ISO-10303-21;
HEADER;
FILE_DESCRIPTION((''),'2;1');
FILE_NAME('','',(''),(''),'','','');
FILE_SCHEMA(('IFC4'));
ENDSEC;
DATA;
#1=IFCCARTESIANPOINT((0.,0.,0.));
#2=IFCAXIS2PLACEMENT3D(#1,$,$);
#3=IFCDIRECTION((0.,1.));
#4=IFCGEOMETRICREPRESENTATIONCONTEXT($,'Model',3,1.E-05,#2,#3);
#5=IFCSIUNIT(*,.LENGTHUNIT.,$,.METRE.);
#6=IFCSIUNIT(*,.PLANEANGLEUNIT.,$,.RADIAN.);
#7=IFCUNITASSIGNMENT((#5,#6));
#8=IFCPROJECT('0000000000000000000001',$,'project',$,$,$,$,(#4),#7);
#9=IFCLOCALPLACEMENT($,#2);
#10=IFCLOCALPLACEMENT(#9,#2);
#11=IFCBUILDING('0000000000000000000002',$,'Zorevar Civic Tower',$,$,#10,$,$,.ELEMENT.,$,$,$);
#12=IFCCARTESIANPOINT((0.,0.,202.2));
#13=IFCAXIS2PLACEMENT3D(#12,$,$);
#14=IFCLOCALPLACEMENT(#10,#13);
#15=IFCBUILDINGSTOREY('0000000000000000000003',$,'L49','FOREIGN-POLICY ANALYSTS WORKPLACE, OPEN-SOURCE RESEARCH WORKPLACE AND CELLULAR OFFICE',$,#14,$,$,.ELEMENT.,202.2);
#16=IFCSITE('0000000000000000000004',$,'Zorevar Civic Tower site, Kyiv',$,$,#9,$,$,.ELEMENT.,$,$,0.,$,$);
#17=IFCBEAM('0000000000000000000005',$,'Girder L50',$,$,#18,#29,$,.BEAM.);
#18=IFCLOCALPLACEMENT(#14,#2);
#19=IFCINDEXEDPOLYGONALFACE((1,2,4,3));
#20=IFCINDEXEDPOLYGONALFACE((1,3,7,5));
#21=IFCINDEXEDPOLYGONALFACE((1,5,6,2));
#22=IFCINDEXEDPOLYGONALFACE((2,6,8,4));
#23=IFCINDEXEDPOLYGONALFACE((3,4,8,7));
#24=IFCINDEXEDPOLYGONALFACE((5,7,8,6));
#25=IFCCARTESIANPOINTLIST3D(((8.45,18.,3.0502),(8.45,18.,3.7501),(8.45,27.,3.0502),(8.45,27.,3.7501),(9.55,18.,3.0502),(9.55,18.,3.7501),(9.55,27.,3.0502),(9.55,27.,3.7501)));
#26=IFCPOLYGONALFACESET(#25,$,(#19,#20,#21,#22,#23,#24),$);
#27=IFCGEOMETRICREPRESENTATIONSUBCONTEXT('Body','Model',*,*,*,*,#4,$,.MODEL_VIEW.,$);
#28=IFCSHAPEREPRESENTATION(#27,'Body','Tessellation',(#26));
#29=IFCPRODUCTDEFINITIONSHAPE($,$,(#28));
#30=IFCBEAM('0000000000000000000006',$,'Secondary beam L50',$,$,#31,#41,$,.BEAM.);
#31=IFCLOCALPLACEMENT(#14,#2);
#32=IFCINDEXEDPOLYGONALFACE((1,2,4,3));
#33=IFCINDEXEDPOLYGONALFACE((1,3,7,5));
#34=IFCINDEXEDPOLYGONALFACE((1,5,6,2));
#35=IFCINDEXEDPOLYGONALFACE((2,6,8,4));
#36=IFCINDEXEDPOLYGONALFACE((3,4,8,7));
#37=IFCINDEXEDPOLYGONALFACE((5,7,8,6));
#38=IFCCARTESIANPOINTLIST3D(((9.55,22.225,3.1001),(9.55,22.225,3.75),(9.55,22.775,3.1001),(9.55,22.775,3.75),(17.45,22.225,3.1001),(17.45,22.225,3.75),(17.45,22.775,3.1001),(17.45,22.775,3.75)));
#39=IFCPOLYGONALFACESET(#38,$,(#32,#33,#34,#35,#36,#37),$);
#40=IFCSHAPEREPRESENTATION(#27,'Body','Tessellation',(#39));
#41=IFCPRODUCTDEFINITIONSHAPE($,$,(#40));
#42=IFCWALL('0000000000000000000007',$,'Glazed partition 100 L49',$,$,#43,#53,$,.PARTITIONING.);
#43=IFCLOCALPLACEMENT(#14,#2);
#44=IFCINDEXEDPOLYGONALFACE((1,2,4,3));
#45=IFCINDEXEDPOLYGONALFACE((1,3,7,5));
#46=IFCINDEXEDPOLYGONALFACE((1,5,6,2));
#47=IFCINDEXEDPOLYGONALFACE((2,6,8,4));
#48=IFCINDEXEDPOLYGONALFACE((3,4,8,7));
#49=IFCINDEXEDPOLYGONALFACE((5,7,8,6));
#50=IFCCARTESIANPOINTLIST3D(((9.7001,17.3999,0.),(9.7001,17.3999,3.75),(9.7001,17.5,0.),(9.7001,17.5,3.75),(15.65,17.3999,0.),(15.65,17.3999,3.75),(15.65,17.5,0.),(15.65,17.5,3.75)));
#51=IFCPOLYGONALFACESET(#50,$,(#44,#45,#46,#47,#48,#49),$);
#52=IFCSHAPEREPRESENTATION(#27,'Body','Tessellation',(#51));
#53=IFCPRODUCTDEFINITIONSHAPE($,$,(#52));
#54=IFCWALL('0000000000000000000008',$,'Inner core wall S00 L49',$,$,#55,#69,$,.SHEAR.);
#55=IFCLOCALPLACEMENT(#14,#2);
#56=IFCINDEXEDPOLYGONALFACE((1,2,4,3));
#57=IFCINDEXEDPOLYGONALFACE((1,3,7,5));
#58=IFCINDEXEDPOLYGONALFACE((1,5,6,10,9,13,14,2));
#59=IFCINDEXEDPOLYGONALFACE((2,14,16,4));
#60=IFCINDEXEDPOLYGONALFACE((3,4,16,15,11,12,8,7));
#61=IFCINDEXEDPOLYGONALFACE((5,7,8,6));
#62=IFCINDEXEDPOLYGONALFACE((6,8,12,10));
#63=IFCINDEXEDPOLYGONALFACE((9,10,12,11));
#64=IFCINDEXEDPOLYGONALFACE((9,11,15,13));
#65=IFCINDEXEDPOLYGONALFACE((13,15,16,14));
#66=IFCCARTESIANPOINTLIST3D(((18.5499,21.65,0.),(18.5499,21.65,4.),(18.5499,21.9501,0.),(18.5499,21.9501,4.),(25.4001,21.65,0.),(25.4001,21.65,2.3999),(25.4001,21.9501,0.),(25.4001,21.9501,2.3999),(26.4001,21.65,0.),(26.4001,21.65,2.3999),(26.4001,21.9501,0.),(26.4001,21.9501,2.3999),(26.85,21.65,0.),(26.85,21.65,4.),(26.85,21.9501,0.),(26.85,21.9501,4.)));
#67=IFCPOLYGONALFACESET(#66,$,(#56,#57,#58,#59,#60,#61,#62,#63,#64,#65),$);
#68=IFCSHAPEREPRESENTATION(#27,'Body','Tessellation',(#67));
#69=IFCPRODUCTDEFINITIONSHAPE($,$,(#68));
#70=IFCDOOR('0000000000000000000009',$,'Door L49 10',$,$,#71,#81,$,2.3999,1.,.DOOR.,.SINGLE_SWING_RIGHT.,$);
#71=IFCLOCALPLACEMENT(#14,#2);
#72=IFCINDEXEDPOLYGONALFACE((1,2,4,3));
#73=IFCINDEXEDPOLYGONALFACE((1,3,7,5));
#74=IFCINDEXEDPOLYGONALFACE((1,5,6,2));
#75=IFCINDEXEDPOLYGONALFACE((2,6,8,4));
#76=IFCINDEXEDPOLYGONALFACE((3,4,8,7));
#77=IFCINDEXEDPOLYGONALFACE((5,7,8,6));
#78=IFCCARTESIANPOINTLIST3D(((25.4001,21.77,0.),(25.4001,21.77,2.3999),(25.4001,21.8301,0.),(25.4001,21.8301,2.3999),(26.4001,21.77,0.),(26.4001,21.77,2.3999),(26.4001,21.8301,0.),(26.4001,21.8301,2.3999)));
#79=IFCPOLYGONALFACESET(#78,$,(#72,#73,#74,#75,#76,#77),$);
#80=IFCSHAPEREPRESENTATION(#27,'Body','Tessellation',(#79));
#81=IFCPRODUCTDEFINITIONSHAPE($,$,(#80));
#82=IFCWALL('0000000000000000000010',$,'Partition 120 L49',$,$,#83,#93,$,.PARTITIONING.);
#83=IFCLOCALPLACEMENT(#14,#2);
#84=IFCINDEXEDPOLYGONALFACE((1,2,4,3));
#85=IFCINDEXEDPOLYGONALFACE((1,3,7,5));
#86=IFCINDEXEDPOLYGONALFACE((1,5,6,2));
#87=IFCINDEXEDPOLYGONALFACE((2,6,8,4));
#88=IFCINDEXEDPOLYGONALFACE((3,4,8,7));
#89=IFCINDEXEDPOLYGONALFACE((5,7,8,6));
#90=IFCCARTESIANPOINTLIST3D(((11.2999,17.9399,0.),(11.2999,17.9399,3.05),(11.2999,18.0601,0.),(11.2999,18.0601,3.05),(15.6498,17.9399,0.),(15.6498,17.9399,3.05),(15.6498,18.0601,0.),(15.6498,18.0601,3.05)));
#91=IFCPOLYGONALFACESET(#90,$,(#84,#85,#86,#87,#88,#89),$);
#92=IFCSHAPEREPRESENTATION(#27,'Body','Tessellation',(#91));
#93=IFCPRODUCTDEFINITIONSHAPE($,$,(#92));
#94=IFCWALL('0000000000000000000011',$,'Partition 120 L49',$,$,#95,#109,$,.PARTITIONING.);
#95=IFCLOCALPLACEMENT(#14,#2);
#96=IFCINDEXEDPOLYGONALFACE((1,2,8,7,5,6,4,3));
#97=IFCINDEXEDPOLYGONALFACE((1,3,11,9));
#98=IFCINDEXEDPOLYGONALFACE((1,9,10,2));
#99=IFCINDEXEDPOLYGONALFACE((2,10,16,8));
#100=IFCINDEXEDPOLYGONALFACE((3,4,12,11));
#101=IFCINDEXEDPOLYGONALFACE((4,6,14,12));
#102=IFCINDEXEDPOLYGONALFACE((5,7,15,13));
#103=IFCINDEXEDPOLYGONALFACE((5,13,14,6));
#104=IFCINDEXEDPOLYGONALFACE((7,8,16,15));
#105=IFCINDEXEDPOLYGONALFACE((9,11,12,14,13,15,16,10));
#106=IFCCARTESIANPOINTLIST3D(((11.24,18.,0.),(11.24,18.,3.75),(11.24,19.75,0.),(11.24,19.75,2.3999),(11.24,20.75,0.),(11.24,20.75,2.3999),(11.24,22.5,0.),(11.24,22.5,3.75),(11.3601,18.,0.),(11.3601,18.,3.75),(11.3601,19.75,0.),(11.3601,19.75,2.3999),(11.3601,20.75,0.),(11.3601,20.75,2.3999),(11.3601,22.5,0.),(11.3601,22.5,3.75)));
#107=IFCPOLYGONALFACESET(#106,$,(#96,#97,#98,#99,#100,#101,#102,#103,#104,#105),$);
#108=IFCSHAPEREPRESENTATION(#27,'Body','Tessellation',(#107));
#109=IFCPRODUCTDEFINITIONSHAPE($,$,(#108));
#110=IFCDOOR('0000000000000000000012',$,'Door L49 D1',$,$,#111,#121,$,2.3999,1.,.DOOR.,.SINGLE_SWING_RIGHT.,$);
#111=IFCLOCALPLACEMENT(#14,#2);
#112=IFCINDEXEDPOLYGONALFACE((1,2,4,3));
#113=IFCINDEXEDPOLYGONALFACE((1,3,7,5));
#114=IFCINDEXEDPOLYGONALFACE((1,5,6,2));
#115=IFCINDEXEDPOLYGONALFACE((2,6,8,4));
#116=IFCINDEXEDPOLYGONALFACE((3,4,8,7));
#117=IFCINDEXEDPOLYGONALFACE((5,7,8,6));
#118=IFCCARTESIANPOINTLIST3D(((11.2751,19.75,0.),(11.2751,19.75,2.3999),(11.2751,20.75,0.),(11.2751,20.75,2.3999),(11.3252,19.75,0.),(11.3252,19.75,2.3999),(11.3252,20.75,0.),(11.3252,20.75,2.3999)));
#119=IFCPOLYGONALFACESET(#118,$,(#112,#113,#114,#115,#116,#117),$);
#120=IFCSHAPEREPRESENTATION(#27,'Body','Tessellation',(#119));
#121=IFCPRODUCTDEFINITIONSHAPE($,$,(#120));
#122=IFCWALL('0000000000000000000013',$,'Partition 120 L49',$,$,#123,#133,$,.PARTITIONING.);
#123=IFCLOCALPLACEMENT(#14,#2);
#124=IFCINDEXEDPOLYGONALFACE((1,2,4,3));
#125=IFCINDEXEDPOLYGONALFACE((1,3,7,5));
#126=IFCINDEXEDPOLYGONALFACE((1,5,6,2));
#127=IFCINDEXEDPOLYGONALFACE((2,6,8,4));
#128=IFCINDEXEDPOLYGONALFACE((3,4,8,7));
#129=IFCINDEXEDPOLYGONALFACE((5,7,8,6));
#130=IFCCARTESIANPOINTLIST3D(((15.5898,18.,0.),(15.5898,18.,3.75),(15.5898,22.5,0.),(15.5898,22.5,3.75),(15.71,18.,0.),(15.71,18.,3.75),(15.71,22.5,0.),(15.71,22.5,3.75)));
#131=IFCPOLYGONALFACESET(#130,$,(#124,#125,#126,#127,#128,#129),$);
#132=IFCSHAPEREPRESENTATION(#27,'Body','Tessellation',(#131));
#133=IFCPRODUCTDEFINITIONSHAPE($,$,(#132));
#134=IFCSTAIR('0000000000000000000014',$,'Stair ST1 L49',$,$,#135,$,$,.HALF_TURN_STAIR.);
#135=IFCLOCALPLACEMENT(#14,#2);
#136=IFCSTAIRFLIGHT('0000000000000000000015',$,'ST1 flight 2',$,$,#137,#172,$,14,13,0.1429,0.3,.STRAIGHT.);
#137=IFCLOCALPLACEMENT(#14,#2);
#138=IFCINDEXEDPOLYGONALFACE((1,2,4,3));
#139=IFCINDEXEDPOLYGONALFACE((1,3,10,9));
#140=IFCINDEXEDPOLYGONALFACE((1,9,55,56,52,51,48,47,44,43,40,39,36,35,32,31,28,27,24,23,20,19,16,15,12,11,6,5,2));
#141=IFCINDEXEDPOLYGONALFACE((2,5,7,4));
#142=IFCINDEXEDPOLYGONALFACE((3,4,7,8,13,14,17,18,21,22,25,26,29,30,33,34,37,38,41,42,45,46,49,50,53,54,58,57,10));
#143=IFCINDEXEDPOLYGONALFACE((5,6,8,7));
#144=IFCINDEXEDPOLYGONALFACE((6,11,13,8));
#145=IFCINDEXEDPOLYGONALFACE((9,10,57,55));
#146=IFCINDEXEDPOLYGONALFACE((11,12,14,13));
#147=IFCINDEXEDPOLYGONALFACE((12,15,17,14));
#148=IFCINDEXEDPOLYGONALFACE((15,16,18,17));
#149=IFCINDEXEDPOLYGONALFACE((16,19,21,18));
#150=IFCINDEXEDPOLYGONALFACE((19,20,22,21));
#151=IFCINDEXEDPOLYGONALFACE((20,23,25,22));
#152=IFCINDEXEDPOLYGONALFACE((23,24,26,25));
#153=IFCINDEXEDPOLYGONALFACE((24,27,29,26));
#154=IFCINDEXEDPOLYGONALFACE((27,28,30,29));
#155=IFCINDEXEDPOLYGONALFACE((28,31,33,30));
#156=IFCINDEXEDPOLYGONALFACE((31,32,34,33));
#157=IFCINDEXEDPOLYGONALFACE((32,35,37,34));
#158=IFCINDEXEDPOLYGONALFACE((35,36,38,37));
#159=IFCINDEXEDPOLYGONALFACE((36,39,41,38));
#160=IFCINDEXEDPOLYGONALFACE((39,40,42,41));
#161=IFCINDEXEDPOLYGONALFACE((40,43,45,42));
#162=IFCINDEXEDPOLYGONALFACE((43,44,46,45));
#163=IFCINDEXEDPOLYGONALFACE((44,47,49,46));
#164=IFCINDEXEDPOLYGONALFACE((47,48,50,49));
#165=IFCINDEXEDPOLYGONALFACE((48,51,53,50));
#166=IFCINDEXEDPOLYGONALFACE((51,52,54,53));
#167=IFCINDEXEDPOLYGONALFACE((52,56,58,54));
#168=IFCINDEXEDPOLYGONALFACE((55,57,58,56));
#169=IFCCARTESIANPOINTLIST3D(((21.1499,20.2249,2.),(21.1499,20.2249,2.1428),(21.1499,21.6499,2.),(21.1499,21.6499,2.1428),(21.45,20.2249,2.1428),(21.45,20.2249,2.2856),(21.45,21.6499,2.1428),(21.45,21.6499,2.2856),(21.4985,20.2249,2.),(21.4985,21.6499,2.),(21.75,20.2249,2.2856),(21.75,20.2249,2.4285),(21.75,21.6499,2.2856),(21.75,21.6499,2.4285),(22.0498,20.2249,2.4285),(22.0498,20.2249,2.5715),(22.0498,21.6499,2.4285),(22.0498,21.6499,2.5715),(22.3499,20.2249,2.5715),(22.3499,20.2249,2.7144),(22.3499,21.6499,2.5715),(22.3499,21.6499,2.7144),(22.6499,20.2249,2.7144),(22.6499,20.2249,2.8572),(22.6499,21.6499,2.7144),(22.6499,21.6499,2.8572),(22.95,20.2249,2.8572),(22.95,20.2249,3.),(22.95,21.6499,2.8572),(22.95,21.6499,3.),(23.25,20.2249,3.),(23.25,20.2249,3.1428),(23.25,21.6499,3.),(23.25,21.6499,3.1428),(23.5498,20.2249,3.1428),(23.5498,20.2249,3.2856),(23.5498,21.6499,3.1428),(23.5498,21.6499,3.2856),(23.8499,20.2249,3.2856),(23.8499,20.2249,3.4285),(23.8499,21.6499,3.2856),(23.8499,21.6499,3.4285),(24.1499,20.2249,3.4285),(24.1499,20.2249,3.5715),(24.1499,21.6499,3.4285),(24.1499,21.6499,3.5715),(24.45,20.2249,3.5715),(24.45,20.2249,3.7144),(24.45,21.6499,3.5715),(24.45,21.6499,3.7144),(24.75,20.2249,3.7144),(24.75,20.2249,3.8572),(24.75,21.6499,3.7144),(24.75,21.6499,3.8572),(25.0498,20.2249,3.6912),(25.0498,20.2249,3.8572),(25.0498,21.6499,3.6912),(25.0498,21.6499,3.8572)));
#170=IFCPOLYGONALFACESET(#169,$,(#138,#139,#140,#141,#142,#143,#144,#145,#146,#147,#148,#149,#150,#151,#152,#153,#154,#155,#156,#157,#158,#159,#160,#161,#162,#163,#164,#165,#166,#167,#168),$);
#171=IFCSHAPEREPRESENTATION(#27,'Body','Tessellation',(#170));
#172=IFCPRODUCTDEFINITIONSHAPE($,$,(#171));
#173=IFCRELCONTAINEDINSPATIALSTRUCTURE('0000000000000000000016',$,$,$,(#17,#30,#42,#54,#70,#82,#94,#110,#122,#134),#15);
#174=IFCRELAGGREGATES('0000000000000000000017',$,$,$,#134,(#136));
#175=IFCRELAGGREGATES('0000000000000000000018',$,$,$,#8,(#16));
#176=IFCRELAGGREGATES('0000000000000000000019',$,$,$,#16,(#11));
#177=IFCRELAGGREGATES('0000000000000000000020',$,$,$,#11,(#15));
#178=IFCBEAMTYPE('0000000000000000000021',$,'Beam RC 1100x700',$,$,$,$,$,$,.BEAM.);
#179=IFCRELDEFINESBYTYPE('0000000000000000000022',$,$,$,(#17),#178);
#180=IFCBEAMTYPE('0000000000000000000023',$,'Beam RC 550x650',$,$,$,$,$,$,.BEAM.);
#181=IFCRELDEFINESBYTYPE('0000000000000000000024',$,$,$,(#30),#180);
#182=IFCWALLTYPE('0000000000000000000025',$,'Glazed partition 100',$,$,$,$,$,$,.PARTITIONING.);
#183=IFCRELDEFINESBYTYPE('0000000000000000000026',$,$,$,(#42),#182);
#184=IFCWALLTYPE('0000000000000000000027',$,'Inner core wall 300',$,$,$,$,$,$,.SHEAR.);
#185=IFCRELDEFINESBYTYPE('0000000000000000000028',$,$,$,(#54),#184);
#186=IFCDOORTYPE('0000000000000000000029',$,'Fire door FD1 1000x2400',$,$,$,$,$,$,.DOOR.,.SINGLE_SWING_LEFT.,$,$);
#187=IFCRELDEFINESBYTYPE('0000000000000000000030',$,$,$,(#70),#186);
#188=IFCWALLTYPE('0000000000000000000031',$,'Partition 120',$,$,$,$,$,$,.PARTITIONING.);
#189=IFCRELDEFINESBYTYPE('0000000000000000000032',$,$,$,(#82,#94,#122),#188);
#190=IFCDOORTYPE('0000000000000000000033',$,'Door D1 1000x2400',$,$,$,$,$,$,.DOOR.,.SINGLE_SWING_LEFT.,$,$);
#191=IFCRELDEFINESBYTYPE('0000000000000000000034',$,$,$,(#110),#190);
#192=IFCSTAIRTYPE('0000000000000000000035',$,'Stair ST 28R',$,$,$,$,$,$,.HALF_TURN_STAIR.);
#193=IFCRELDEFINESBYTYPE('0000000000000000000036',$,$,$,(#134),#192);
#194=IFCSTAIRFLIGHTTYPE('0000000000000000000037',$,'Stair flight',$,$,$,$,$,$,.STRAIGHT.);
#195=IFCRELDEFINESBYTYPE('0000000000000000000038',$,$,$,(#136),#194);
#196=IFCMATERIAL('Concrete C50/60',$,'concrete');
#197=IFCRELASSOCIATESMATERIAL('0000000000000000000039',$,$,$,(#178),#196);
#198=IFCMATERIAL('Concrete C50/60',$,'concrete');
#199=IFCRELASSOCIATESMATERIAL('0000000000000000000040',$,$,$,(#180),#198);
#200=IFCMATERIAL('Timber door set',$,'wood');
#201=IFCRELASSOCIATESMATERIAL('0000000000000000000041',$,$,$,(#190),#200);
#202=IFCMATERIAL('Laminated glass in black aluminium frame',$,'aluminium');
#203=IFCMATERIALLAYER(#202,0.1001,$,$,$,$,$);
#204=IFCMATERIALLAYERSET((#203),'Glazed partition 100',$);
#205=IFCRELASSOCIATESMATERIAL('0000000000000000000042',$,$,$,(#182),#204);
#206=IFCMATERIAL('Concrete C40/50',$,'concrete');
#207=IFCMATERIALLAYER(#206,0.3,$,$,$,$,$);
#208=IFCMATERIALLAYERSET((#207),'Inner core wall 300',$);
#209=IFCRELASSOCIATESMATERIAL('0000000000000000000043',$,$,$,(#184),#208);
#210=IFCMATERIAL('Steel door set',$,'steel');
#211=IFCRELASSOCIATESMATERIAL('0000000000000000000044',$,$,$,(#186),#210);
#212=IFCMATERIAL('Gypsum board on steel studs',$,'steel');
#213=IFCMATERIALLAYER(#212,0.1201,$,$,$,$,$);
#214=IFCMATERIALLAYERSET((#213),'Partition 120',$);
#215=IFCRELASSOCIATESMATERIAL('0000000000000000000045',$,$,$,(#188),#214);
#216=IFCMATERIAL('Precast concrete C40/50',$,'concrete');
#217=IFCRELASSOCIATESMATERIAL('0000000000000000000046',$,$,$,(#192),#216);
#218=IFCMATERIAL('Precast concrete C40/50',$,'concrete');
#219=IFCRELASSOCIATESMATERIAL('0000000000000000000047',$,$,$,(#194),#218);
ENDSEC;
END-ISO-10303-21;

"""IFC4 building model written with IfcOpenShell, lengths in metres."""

from ifc_helpers import new_model, si_unit, direction, frame, frame_2d, origin, origin_2d, place, context, subcontext, project, spatial, polyline, rectangle, outline, extrude, material, layer, layer_set, material_profile, profile_set, type_object, element, fill, aggregate, save


model = new_model("IFC4")

# Units and contexts
model_context = context("Model", 3, precision=1e-05, world=origin(), true_north=direction((0.0, 1.0)))
body_context = subcontext(model_context, "Body", "Model", "MODEL_VIEW")
ifc_project = project(units=[si_unit("LENGTHUNIT", "METRE"), si_unit("PLANEANGLEUNIT", "RADIAN")], contexts=[model_context])

# Site, building, storey
site_placement = place(None, origin())
site = spatial("IfcSite", under=ifc_project, at=site_placement, Name="Zorevar Civic Tower site, Kyiv", CompositionType="ELEMENT", RefElevation=0.0)
building_placement = place(site_placement, origin())
building = spatial("IfcBuilding", under=site, at=building_placement, Name="Zorevar Civic Tower", CompositionType="ELEMENT")
storey_placement = place(building_placement, frame((0.0, 0.0, 202.2)))
storey = spatial("IfcBuildingStorey", under=building, at=storey_placement, Name="L49", Description="FOREIGN-POLICY ANALYSTS WORKPLACE, OPEN-SOURCE RESEARCH WORKPLACE AND CELLULAR OFFICE", CompositionType="ELEMENT", Elevation=202.2)

# Beams
ifc_material_1 = material(Name="Concrete C50/60", Category="concrete")
ifc_material_profile_1 = material_profile(ifc_material_1, rectangle(XDim=1.1001, YDim=0.7, at=origin_2d()), Name="RC 1100x700")
ifc_profile_set_1 = profile_set([ifc_material_profile_1], Name="Concrete C50/60")
beam_type_1 = type_object("IfcBeamType", Name="Beam RC 1100x700", PredefinedType="BEAM", material=ifc_profile_set_1)
beam_1_placement = place(storey_placement, frame((9.0, 18.0, 3.4001), z_axis=(0.0, 1.0, 0.0), x_axis=(-1.0, 0.0, 0.0)))
element("IfcBeam", 1, at=beam_1_placement, inside=storey, type_object=beam_type_1, Name="Girder L50", PredefinedType="BEAM", context=body_context, shape_type="SweptSolid", body=[
    extrude(rectangle(XDim=1.1001, YDim=0.7, at=origin_2d()), origin(), (0.0, 0.0, 1.0), 9.0),
])
ifc_material_2 = material(Name="Concrete C50/60", Category="concrete")
ifc_material_profile_2 = material_profile(ifc_material_2, rectangle(XDim=0.55, YDim=0.6499, at=origin_2d()), Name="RC 550x650")
ifc_profile_set_2 = profile_set([ifc_material_profile_2], Name="Concrete C50/60")
beam_type_2 = type_object("IfcBeamType", Name="Beam RC 550x650", PredefinedType="BEAM", material=ifc_profile_set_2)
beam_2_placement = place(storey_placement, frame((9.55, 22.5, 3.425), z_axis=(1.0, 0.0, 0.0), x_axis=(0.0, 1.0, 0.0)))
element("IfcBeam", 2, at=beam_2_placement, inside=storey, type_object=beam_type_2, Name="Secondary beam L50", PredefinedType="BEAM", context=body_context, shape_type="SweptSolid", body=[
    extrude(rectangle(XDim=0.55, YDim=0.6499, at=origin_2d()), origin(), (0.0, 0.0, 1.0), 7.8999),
])

# Shared definitions
ifc_material_3 = material(Name="Timber door set", Category="wood")
door_type_1 = type_object("IfcDoorType", Name="Door D1 1000x2400", OperationType="SINGLE_SWING_LEFT", PredefinedType="DOOR", material=ifc_material_3)

# Wall
ifc_material_4 = material(Name="Laminated glass in black aluminium frame", Category="aluminium")
ifc_layer_1 = layer(ifc_material_4, 0.1001)
ifc_layer_set_1 = layer_set([ifc_layer_1], Name="Glazed partition 100")
wall_type_1 = type_object("IfcWallType", Name="Glazed partition 100", PredefinedType="PARTITIONING", material=ifc_layer_set_1)
wall_1_placement = place(storey_placement, frame((9.7, 17.45, 0.0), z_axis=(0.0, 0.0, 1.0), x_axis=(1.0, 0.0, 0.0)))
element("IfcWall", 3, at=wall_1_placement, inside=storey, type_object=wall_type_1, Name="Glazed partition 100 L49", PredefinedType="PARTITIONING", context=body_context, shape_type="SweptSolid", body=[
    extrude(rectangle(XDim=5.95, YDim=0.1001, at=frame_2d((2.9751, 0.0))), origin(), (0.0, 0.0, 1.0), 3.75),
])

# Wall, opening, door
ifc_material_5 = material(Name="Concrete C40/50", Category="concrete")
ifc_layer_2 = layer(ifc_material_5, 0.3)
ifc_layer_set_2 = layer_set([ifc_layer_2], Name="Inner core wall 300")
wall_type_2 = type_object("IfcWallType", Name="Inner core wall 300", PredefinedType="SHEAR", material=ifc_layer_set_2)
wall_2_placement = place(storey_placement, frame((18.55, 21.8, 0.0), z_axis=(0.0, 0.0, 1.0), x_axis=(1.0, 0.0, 0.0)))
wall_2 = element("IfcWall", 4, at=wall_2_placement, inside=storey, type_object=wall_type_2, Name="Inner core wall S00 L49", PredefinedType="SHEAR", context=body_context, shape_type="SweptSolid", body=[
    extrude(rectangle(XDim=8.3, YDim=0.3, at=frame_2d((4.1499, 0.0))), origin(), (0.0, 0.0, 1.0), 4.0),
])
opening_1_placement = place(wall_2_placement, frame((6.8501, 0.0, 0.0)))
opening_1 = element("IfcOpeningElement", 5, at=opening_1_placement, cuts=wall_2, PredefinedType="OPENING", context=body_context, shape_type="SweptSolid", body=[
    extrude(rectangle(XDim=1.0, YDim=2.3999, at=frame_2d((0.5, 1.2))), frame((0.0, 0.1599, 0.0), z_axis=(0.0, -1.0, 0.0), x_axis=(1.0, 0.0, 0.0)), (0.0, 0.0, 1.0), 0.3201),
])
ifc_material_6 = material(Name="Steel door set", Category="steel")
door_type_2 = type_object("IfcDoorType", Name="Fire door FD1 1000x2400", OperationType="SINGLE_SWING_LEFT", PredefinedType="DOOR", material=ifc_material_6)
door_1_placement = place(opening_1_placement, origin())
door_1 = element("IfcDoor", 6, at=door_1_placement, inside=storey, type_object=door_type_2, Name="Door L49 10", OperationType="SINGLE_SWING_RIGHT", OverallHeight=2.3999, OverallWidth=1.0, PredefinedType="DOOR", context=body_context, shape_type="SweptSolid", body=[
    extrude(rectangle(XDim=1.0, YDim=2.3999, at=frame_2d((0.5, 1.2))), frame((0.0, 0.03, 0.0), z_axis=(0.0, -1.0, 0.0), x_axis=(1.0, 0.0, 0.0)), (0.0, 0.0, 1.0), 0.0601),
])
fill(opening_1, door_1)

# Wall
ifc_material_7 = material(Name="Gypsum board on steel studs", Category="steel")
ifc_layer_3 = layer(ifc_material_7, 0.1201)
ifc_layer_set_3 = layer_set([ifc_layer_3], Name="Partition 120")
wall_type_3 = type_object("IfcWallType", Name="Partition 120", PredefinedType="PARTITIONING", material=ifc_layer_set_3)
wall_3_placement = place(storey_placement, frame((11.3, 18.0, 0.0), z_axis=(0.0, 0.0, 1.0), x_axis=(1.0, 0.0, 0.0)))
element("IfcWall", 7, at=wall_3_placement, inside=storey, type_object=wall_type_3, Name="Partition 120 L49", PredefinedType="PARTITIONING", context=body_context, shape_type="SweptSolid", body=[
    extrude(rectangle(XDim=4.3499, YDim=0.1201, at=frame_2d((2.1748, 0.0))), origin(), (0.0, 0.0, 1.0), 3.05),
])

# Wall, opening, door
wall_4_placement = place(storey_placement, frame((11.3, 18.0, 0.0), z_axis=(0.0, 0.0, 1.0), x_axis=(0.0, 1.0, 0.0)))
wall_4 = element("IfcWall", 8, at=wall_4_placement, inside=storey, type_object=wall_type_3, Name="Partition 120 L49", PredefinedType="PARTITIONING", context=body_context, shape_type="SweptSolid", body=[
    extrude(rectangle(XDim=4.5, YDim=0.1201, at=frame_2d((2.25, 0.0))), origin(), (0.0, 0.0, 1.0), 3.75),
])
opening_2_placement = place(wall_4_placement, frame((1.75, 0.0, 0.0)))
opening_2 = element("IfcOpeningElement", 9, at=opening_2_placement, cuts=wall_4, PredefinedType="OPENING", context=body_context, shape_type="SweptSolid", body=[
    extrude(rectangle(XDim=1.0, YDim=2.3999, at=frame_2d((0.5, 1.2))), frame((0.0, 0.0701, 0.0), z_axis=(0.0, -1.0, 0.0), x_axis=(1.0, 0.0, 0.0)), (0.0, 0.0, 1.0), 0.1401),
])
door_2_placement = place(opening_2_placement, origin())
door_2 = element("IfcDoor", 10, at=door_2_placement, inside=storey, type_object=door_type_1, Name="Door L49 D1", OperationType="SINGLE_SWING_RIGHT", OverallHeight=2.3999, OverallWidth=1.0, PredefinedType="DOOR", context=body_context, shape_type="SweptSolid", body=[
    extrude(rectangle(XDim=1.0, YDim=2.3999, at=frame_2d((0.5, 1.2))), frame((0.0, 0.0249, 0.0), z_axis=(0.0, -1.0, 0.0), x_axis=(1.0, 0.0, 0.0)), (0.0, 0.0, 1.0), 0.05),
])
fill(opening_2, door_2)

# Wall
wall_5_placement = place(storey_placement, frame((15.6499, 18.0, 0.0), z_axis=(0.0, 0.0, 1.0), x_axis=(0.0, 1.0, 0.0)))
element("IfcWall", 11, at=wall_5_placement, inside=storey, type_object=wall_type_3, Name="Partition 120 L49", PredefinedType="PARTITIONING", context=body_context, shape_type="SweptSolid", body=[
    extrude(rectangle(XDim=4.5, YDim=0.1201, at=frame_2d((2.25, 0.0))), origin(), (0.0, 0.0, 1.0), 3.75),
])

# Stair, stair flight
ifc_material_8 = material(Name="Precast concrete C40/50", Category="concrete")
stair_type = type_object("IfcStairType", Name="Stair ST 28R", PredefinedType="HALF_TURN_STAIR", material=ifc_material_8)
stair_placement = place(storey_placement, origin())
stair = element("IfcStair", 12, at=stair_placement, inside=storey, type_object=stair_type, Name="Stair ST1 L49", PredefinedType="HALF_TURN_STAIR")
ifc_material_9 = material(Name="Precast concrete C40/50", Category="concrete")
stair_flight_type = type_object("IfcStairFlightType", Name="Stair flight", PredefinedType="STRAIGHT", material=ifc_material_9)
stair_flight_placement = place(storey_placement, frame((21.1499, 20.9375, 2.0), z_axis=(0.0, 0.0, 1.0), x_axis=(1.0, 0.0, 0.0)))
stair_flight = element("IfcStairFlight", 13, at=stair_flight_placement, type_object=stair_flight_type, Name="ST1 flight 2", NumberOfRisers=14, NumberOfTreads=13, PredefinedType="STRAIGHT", RiserHeight=0.1429, TreadLength=0.3, context=body_context, shape_type="SweptSolid", body=[
    extrude(outline(polyline([(0.0, 0.0), (0.0, 0.1428), (0.3, 0.1428), (0.3, 0.2856), (0.6001, 0.2856), (0.6001, 0.4285), (0.8999, 0.4285), (0.8999, 0.5715), (1.2, 0.5715), (1.2, 0.7144), (1.5, 0.7144), (1.5, 0.8572), (1.8, 0.8572), (1.8, 1.0), (2.1001, 1.0), (2.1001, 1.1428), (2.3999, 1.1428), (2.3999, 1.2856), (2.7, 1.2856), (2.7, 1.4285), (3.0, 1.4285), (3.0, 1.5715), (3.3, 1.5715), (3.3, 1.7144), (3.6001, 1.7144), (3.6001, 1.8572), (3.8999, 1.8572), (3.8999, 2.0), (3.8999, 1.6912), (0.3486, 0.0), (0.0, 0.0)])), frame((0.0, 0.7124, 0.0), z_axis=(0.0, -1.0, 0.0), x_axis=(1.0, 0.0, 0.0)), (0.0, 0.0, 1.0), 1.425),
])
aggregate(stair, [stair_flight])

save(model, "model.ifc")
